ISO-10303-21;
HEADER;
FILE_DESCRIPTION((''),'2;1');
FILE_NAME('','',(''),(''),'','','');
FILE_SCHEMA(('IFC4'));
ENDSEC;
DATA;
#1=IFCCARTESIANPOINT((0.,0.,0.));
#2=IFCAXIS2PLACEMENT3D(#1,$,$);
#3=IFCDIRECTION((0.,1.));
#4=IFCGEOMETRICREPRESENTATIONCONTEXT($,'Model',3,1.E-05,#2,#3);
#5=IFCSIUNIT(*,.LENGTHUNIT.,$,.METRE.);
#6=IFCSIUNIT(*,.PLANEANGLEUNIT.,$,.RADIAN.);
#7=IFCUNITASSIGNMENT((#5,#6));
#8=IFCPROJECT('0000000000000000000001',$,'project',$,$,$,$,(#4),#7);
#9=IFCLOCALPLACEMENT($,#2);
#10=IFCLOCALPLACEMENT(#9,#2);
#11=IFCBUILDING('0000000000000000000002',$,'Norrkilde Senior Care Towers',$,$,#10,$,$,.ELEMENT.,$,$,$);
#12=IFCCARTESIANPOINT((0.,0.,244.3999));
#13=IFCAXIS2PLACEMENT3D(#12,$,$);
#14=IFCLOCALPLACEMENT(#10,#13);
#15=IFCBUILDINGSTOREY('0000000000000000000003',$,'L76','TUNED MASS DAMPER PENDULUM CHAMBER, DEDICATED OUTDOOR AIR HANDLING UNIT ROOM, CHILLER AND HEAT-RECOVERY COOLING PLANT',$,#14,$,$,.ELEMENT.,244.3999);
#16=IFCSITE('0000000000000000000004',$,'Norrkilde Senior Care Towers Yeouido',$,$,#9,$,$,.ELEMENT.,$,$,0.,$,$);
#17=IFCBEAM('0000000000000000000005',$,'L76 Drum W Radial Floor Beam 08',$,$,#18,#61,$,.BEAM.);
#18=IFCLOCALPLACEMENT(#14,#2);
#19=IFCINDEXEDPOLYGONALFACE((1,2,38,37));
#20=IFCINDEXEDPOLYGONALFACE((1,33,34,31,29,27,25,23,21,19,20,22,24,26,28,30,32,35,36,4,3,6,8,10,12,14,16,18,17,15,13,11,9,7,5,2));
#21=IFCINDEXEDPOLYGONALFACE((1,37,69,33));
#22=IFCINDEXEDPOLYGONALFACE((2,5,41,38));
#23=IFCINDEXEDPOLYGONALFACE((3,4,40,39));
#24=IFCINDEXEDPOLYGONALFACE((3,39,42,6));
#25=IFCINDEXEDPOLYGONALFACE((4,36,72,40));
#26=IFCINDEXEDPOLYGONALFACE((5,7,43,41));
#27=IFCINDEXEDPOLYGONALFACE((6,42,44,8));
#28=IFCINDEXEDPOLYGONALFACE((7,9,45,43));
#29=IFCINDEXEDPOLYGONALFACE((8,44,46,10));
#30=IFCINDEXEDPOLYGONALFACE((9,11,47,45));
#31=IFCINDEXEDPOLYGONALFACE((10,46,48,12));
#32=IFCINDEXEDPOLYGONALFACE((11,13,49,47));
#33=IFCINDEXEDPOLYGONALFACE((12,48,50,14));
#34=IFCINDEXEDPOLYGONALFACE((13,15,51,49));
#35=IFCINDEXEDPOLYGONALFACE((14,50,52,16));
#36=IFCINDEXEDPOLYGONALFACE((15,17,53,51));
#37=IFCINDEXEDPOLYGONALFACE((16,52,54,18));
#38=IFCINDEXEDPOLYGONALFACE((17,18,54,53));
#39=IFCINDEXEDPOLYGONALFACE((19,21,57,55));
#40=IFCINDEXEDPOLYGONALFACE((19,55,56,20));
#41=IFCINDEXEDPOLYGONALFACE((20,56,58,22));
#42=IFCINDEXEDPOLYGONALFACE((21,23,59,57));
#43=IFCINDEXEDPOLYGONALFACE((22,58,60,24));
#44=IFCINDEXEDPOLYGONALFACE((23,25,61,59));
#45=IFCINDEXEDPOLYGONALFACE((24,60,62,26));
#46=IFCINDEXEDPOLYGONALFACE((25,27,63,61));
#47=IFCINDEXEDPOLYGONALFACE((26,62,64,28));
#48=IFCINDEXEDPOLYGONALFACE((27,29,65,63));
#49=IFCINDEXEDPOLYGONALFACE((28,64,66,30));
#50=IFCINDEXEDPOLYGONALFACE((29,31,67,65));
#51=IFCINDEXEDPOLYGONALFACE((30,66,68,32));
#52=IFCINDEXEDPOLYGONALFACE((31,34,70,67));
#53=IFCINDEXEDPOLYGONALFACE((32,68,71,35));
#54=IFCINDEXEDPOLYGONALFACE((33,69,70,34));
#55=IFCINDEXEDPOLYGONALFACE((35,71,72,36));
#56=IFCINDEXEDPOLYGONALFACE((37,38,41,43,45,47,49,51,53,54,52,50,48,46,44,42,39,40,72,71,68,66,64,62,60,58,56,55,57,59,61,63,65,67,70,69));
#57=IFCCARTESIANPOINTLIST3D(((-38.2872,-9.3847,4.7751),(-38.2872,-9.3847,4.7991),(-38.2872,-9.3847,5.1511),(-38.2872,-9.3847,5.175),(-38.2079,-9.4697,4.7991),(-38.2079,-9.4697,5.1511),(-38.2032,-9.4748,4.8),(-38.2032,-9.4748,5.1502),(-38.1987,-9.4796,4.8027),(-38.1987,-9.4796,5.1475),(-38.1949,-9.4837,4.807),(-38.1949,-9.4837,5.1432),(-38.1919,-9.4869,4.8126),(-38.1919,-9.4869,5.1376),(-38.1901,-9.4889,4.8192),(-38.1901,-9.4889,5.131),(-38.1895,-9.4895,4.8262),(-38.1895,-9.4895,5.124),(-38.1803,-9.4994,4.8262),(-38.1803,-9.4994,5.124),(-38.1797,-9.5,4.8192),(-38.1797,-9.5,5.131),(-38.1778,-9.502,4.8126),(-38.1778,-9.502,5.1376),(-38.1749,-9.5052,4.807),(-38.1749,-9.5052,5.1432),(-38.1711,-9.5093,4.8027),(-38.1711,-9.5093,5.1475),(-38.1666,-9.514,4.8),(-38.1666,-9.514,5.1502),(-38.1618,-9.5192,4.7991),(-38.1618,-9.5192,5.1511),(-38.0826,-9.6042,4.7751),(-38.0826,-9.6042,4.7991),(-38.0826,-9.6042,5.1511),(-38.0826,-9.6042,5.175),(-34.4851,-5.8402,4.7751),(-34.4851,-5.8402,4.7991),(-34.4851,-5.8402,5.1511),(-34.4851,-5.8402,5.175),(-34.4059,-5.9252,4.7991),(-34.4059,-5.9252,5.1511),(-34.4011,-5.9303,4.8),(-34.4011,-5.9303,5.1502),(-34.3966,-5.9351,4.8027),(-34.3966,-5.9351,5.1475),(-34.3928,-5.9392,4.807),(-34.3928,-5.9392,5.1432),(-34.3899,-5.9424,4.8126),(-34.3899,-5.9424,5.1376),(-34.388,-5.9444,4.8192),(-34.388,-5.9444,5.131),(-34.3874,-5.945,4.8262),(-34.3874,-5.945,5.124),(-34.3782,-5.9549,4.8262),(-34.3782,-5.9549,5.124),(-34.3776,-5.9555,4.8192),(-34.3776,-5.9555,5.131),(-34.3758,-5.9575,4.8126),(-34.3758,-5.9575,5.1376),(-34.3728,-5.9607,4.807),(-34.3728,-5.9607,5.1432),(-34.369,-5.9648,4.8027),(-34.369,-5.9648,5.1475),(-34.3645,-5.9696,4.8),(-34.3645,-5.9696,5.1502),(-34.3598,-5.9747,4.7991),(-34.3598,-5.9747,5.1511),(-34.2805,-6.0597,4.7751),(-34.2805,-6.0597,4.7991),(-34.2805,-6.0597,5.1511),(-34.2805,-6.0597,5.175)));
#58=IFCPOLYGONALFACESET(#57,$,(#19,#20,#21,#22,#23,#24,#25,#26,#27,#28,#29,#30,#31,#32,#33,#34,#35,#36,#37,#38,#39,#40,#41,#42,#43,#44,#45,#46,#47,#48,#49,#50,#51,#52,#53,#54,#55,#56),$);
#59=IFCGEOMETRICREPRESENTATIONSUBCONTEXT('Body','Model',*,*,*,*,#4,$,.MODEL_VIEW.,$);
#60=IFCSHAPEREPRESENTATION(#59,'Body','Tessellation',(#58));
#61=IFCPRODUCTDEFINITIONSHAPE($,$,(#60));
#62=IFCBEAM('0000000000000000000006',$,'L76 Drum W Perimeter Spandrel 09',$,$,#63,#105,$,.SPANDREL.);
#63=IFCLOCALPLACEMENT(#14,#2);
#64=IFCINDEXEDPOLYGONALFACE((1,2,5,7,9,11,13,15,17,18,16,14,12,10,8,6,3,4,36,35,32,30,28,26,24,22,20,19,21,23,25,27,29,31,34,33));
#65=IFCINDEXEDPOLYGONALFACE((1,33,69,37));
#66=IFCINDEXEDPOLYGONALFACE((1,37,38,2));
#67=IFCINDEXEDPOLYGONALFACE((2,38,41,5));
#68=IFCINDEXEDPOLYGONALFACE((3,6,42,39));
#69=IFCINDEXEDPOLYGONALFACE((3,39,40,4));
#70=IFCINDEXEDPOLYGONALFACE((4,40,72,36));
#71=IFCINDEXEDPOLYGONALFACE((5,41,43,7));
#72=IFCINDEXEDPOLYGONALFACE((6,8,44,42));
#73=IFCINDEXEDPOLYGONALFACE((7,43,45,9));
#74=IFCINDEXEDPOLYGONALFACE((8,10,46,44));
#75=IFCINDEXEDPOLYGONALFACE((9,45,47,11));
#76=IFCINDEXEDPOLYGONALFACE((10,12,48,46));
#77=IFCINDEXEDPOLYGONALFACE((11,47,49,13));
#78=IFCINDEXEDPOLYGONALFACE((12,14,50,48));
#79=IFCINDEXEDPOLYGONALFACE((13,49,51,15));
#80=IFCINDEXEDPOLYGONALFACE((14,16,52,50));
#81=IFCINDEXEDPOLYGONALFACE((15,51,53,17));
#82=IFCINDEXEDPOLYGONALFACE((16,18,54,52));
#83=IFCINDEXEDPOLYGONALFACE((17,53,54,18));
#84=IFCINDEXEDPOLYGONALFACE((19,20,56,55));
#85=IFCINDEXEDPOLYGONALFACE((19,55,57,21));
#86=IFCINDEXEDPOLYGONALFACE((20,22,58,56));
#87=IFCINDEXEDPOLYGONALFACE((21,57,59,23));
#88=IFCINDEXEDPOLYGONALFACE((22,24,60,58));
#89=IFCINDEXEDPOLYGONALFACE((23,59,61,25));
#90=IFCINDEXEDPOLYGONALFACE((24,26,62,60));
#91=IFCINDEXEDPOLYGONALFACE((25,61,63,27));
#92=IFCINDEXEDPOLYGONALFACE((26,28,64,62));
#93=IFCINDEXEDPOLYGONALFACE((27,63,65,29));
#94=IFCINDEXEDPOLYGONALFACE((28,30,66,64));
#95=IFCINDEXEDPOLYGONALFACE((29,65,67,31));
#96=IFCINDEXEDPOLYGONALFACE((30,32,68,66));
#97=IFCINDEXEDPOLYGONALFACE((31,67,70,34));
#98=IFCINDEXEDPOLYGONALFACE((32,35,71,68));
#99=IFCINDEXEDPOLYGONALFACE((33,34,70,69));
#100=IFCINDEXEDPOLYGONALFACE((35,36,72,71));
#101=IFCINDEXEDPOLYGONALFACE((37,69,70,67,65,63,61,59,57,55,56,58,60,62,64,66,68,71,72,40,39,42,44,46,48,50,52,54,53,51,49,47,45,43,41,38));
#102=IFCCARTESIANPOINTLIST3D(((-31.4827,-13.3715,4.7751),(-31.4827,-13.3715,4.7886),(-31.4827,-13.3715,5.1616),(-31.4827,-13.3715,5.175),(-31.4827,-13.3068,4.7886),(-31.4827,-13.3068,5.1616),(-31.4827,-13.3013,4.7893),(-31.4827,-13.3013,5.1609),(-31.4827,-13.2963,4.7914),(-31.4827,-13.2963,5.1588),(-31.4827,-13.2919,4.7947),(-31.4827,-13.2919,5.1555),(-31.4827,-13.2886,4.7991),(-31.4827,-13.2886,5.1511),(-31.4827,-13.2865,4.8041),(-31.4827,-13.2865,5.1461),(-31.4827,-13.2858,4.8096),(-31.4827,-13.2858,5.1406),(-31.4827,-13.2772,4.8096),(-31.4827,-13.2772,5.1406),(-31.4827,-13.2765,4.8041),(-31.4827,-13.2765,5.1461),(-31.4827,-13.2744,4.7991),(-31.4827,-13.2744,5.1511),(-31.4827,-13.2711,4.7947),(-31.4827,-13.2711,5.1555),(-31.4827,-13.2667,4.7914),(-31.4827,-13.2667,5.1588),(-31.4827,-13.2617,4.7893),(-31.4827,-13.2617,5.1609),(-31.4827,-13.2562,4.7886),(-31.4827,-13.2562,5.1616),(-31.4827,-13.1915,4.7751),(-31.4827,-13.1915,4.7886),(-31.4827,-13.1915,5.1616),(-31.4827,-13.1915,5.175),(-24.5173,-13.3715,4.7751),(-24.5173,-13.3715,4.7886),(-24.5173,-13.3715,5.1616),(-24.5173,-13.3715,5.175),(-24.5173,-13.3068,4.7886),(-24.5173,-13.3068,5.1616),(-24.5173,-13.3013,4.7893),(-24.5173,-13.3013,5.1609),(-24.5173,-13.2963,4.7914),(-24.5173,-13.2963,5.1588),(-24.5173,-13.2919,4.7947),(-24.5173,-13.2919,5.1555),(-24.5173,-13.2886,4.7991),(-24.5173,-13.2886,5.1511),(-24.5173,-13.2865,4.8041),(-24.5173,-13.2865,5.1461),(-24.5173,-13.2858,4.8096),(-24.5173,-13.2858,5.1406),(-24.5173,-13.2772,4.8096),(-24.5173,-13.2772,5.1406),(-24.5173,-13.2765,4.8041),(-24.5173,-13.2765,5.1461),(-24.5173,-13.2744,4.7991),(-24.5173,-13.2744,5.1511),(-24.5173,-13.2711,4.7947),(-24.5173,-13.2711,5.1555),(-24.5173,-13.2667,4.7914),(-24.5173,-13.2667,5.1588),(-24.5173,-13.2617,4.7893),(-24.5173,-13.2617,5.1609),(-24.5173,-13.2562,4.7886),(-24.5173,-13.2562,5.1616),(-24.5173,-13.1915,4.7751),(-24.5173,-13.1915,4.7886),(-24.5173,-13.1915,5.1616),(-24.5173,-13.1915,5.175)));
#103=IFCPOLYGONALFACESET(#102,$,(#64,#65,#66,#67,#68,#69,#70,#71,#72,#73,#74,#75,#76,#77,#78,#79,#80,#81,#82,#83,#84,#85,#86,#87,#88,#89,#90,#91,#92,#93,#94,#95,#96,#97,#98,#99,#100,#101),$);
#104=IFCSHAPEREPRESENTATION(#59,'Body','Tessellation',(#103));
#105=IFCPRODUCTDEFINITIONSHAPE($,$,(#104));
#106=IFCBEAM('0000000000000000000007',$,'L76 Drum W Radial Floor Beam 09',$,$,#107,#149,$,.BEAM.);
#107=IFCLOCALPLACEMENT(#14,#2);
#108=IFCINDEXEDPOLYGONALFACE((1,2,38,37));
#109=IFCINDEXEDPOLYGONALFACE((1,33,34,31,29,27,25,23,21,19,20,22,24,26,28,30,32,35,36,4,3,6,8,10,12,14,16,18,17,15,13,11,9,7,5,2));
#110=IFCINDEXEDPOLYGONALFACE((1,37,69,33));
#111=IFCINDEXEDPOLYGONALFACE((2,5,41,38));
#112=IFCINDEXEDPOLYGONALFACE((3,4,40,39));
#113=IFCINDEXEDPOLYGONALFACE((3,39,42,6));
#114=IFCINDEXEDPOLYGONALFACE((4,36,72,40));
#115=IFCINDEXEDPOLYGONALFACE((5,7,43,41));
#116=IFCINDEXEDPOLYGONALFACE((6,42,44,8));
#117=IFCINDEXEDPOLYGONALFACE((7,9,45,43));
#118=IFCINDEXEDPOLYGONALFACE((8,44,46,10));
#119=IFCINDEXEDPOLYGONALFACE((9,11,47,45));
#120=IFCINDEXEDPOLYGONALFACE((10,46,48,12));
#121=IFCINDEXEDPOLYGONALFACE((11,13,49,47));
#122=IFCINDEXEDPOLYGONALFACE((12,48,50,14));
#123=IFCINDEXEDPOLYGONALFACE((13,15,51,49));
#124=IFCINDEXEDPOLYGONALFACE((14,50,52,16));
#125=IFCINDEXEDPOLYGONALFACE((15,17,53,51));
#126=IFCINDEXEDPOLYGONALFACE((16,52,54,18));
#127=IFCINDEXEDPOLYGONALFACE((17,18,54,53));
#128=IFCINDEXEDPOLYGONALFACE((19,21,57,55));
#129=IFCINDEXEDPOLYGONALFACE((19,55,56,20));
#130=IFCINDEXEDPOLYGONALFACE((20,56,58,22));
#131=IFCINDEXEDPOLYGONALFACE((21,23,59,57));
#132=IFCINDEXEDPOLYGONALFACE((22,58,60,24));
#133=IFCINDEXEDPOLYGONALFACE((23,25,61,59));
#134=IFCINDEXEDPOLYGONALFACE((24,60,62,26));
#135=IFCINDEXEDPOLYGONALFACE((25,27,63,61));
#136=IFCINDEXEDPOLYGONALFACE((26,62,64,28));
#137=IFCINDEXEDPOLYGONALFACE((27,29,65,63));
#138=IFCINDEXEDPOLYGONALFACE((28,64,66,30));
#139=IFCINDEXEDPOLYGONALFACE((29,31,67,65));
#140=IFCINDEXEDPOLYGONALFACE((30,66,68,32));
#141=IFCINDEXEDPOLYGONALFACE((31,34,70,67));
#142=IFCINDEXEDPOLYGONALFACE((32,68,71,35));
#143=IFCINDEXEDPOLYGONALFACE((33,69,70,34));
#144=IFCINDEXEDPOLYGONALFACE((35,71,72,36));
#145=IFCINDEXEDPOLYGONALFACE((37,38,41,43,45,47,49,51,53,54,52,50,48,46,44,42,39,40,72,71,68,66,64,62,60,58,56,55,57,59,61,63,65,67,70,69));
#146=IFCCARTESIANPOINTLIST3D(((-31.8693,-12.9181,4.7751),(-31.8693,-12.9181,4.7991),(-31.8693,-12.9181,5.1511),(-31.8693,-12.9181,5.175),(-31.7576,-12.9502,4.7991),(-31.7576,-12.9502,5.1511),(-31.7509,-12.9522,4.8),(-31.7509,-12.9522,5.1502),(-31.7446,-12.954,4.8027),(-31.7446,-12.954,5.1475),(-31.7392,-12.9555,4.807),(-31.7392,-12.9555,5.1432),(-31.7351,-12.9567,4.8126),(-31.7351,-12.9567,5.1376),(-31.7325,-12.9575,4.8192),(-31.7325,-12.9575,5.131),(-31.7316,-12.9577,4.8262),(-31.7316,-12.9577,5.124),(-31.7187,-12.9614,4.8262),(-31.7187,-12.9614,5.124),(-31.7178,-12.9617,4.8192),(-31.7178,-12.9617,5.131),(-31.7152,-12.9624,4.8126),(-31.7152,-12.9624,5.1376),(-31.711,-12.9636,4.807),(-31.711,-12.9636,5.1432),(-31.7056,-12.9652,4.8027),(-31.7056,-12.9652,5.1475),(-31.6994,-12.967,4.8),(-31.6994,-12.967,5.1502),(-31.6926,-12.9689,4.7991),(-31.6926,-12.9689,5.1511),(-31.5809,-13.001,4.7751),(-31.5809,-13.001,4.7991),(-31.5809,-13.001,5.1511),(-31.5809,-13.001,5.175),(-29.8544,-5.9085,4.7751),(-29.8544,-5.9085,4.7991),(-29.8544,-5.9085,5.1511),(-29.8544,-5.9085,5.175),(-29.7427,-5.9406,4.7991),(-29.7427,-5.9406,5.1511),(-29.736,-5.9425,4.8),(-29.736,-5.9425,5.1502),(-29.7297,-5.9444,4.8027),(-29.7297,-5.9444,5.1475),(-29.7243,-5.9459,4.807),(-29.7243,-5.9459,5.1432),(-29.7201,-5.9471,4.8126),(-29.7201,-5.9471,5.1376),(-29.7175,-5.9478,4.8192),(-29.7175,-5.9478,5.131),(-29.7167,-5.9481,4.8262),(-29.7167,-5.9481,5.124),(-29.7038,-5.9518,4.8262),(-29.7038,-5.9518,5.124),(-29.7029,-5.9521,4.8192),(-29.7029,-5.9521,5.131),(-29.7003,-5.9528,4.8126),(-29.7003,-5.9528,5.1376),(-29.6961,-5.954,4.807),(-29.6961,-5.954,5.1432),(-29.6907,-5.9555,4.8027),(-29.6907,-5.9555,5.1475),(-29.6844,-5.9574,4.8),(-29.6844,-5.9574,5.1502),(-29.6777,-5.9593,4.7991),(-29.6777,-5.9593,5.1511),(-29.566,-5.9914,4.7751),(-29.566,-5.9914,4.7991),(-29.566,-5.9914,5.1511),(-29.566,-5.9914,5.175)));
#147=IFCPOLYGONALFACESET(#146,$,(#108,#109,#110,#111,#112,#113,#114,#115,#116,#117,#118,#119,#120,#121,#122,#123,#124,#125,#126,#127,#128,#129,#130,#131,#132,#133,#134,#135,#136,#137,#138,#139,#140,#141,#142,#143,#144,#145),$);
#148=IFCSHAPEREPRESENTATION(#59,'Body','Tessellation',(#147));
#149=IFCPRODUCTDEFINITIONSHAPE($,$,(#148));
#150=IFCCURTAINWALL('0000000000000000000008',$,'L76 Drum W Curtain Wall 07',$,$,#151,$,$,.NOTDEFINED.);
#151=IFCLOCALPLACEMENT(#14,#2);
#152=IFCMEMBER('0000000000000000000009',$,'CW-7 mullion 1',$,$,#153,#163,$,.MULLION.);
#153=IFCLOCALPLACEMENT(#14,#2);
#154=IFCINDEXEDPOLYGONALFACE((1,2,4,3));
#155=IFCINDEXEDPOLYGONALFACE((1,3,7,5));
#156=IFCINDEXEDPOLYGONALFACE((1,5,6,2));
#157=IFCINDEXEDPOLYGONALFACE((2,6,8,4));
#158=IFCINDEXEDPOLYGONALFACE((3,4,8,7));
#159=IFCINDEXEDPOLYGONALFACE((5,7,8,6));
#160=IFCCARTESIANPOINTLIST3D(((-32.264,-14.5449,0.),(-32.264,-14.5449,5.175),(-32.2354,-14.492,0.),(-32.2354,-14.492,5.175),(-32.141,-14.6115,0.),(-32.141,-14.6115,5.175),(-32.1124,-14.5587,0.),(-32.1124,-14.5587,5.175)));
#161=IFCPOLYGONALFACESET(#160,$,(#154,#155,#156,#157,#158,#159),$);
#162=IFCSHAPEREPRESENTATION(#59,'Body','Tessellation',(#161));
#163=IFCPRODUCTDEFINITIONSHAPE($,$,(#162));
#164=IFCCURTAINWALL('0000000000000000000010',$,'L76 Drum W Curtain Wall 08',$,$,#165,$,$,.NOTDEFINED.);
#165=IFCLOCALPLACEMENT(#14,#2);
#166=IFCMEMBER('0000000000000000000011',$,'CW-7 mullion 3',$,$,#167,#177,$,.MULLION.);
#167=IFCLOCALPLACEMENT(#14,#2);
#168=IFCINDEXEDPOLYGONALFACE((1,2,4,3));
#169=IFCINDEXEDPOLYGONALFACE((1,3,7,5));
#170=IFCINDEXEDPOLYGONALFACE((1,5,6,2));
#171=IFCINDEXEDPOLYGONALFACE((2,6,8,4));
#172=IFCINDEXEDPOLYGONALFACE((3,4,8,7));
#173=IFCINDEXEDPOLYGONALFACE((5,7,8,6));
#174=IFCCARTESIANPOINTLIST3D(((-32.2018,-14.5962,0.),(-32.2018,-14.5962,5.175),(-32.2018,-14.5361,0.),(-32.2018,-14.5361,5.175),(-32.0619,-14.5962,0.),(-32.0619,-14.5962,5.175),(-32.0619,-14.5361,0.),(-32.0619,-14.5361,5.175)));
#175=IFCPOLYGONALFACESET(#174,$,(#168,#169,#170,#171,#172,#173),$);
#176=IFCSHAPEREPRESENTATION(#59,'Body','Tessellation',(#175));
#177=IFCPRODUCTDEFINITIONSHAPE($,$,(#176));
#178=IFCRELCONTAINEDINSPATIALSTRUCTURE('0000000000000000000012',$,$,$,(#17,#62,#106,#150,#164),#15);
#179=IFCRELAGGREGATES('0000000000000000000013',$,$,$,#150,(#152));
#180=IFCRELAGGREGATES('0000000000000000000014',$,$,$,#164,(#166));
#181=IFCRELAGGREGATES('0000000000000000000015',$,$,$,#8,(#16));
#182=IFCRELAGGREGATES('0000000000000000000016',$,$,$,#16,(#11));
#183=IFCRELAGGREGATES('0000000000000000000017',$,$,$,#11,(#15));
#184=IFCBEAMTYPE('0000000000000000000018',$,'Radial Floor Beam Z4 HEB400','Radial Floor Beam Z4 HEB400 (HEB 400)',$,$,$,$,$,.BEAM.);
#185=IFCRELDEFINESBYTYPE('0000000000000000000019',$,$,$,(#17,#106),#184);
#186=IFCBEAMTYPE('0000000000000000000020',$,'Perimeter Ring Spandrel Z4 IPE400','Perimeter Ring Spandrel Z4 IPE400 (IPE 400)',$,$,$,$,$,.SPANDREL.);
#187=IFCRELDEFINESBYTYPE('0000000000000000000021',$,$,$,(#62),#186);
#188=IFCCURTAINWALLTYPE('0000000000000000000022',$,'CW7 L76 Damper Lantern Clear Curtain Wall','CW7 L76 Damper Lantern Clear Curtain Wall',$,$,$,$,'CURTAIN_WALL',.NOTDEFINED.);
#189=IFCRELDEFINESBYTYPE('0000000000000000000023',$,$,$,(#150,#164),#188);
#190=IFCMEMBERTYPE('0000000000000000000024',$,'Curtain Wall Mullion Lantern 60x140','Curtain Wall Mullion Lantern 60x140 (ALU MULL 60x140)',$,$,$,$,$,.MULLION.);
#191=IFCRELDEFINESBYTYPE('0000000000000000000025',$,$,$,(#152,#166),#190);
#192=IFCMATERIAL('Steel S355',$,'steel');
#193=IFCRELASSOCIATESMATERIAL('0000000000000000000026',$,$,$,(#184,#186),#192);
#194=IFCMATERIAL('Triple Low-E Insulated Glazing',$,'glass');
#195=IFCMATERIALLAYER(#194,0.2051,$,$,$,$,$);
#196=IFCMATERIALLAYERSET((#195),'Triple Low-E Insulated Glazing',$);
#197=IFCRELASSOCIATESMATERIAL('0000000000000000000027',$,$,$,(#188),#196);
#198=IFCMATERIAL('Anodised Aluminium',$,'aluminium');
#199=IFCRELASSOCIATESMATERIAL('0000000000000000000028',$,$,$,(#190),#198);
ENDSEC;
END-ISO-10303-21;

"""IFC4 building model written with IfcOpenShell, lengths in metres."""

from ifc_helpers import new_model, si_unit, direction, frame, origin, origin_2d, place, context, subcontext, project, spatial, rectangle, i_section, extrude, source, transform, mapped, material, layer, layer_set, material_profile, profile_set, type_object, type_shapes, element, aggregate, save


model = new_model("IFC4")

# Units and contexts
model_context = context("Model", 3, precision=1e-05, world=origin(), true_north=direction((0.0, 1.0)))
body_context = subcontext(model_context, "Body", "Model", "MODEL_VIEW")
ifc_project = project(units=[si_unit("LENGTHUNIT", "METRE"), si_unit("PLANEANGLEUNIT", "RADIAN")], contexts=[model_context])

# Site, building, storey
site_placement = place(None, origin())
site = spatial("IfcSite", under=ifc_project, at=site_placement, Name="Norrkilde Senior Care Towers Yeouido", CompositionType="ELEMENT", RefElevation=0.0)
building_placement = place(site_placement, origin())
building = spatial("IfcBuilding", under=site, at=building_placement, Name="Norrkilde Senior Care Towers", CompositionType="ELEMENT")
storey_placement = place(building_placement, frame((0.0, 0.0, 244.3999)))
storey = spatial("IfcBuildingStorey", under=building, at=storey_placement, Name="L76", Description="TUNED MASS DAMPER PENDULUM CHAMBER, DEDICATED OUTDOOR AIR HANDLING UNIT ROOM, CHILLER AND HEAT-RECOVERY COOLING PLANT", CompositionType="ELEMENT", Elevation=244.3999)

# Beams
ifc_material_1 = material(Name="Steel S355", Category="steel")
ifc_material_profile_1 = material_profile(ifc_material_1, i_section(OverallWidth=0.3, OverallDepth=0.3999, WebThickness=0.0134, FlangeThickness=0.0239, FilletRadius=0.0271, at=origin_2d()), Name="HEB 400")
ifc_profile_set_1 = profile_set([ifc_material_profile_1], Name="Steel S355")
beam_type_1 = type_object("IfcBeamType", Name="Radial Floor Beam Z4 HEB400", Description="Radial Floor Beam Z4 HEB400 (HEB 400)", PredefinedType="BEAM", material=ifc_profile_set_1)
shared_shape_1 = source(origin(), body_context, "Body", "SweptSolid", [
    extrude(i_section(OverallWidth=0.3, OverallDepth=0.3999, WebThickness=0.0134, FlangeThickness=0.0239, FilletRadius=0.0271, at=origin_2d()), origin(), (0.0, 0.0, 1.0), 5.198),
])
beam_1_placement = place(storey_placement, frame((-34.3828, -5.95, 4.9751), z_axis=(-0.731449, -0.681896, 0.0), x_axis=(0.681896, -0.731449, 0.0)))
element("IfcBeam", 1, at=beam_1_placement, inside=storey, type_object=beam_type_1, Name="L76 Drum W Radial Floor Beam 08", PredefinedType="BEAM", context=body_context, shape_type="MappedRepresentation", body=[
    mapped(shared_shape_1, transform((0.0, 0.0, 0.0), x_axis=(1.0, 0.0, 0.0), y_axis=(0.0, 1.0, 0.0), z_axis=(0.0, 0.0, 1.0), scale=1.0)),
])
ifc_material_profile_2 = material_profile(ifc_material_1, i_section(OverallWidth=0.1799, OverallDepth=0.3999, WebThickness=0.0085, FlangeThickness=0.0134, FilletRadius=0.021, at=origin_2d()), Name="IPE 400")
ifc_profile_set_2 = profile_set([ifc_material_profile_2], Name="Steel S355")
beam_type_2 = type_object("IfcBeamType", Name="Perimeter Ring Spandrel Z4 IPE400", Description="Perimeter Ring Spandrel Z4 IPE400 (IPE 400)", PredefinedType="SPANDREL", material=ifc_profile_set_2)
shared_shape_2 = source(origin(), body_context, "Body", "SweptSolid", [
    extrude(i_section(OverallWidth=0.1799, OverallDepth=0.3999, WebThickness=0.0085, FlangeThickness=0.0134, FilletRadius=0.021, at=origin_2d()), origin(), (0.0, 0.0, 1.0), 6.9653),
])
type_shapes(beam_type_2, [shared_shape_2])
beam_2_placement = place(storey_placement, frame((-31.4827, -13.2815, 4.9751), z_axis=(1.0, 0.0, 0.0), x_axis=(0.0, 1.0, 0.0)))
element("IfcBeam", 2, at=beam_2_placement, inside=storey, type_object=beam_type_2, Name="L76 Drum W Perimeter Spandrel 09", PredefinedType="SPANDREL", context=body_context, shape_type="MappedRepresentation", body=[
    mapped(shared_shape_2, transform((0.0, 0.0, 0.0), x_axis=(1.0, 0.0, 0.0), y_axis=(0.0, 1.0, 0.0), z_axis=(0.0, 0.0, 1.0), scale=1.0)),
])
shared_shape_3 = source(origin(), body_context, "Body", "SweptSolid", [
    extrude(i_section(OverallWidth=0.3, OverallDepth=0.3999, WebThickness=0.0134, FlangeThickness=0.0239, FilletRadius=0.0271, at=origin_2d()), origin(), (0.0, 0.0, 1.0), 7.2935),
])
beam_3_placement = place(storey_placement, frame((-29.7102, -5.95, 4.9751), z_axis=(-0.276264, -0.961082, 0.0), x_axis=(0.961082, -0.276264, 0.0)))
element("IfcBeam", 3, at=beam_3_placement, inside=storey, type_object=beam_type_1, Name="L76 Drum W Radial Floor Beam 09", PredefinedType="BEAM", context=body_context, shape_type="MappedRepresentation", body=[
    mapped(shared_shape_3, transform((0.0, 0.0, 0.0), x_axis=(1.0, 0.0, 0.0), y_axis=(0.0, 1.0, 0.0), z_axis=(0.0, 0.0, 1.0), scale=1.0)),
])

# Curtain walls, members
ifc_material_2 = material(Name="Triple Low-E Insulated Glazing", Category="glass")
ifc_layer_1 = layer(ifc_material_2, 0.2051)
ifc_layer_set_1 = layer_set([ifc_layer_1], Name="Triple Low-E Insulated Glazing")
curtain_wall_type = type_object("IfcCurtainWallType", Name="CW7 L76 Damper Lantern Clear Curtain Wall", Description="CW7 L76 Damper Lantern Clear Curtain Wall", ElementType="CURTAIN_WALL", PredefinedType="NOTDEFINED", material=ifc_layer_set_1)
curtain_wall_1_placement = place(storey_placement, origin())
curtain_wall_1 = element("IfcCurtainWall", 4, at=curtain_wall_1_placement, inside=storey, type_object=curtain_wall_type, Name="L76 Drum W Curtain Wall 07", PredefinedType="NOTDEFINED")
ifc_material_3 = material(Name="Anodised Aluminium", Category="aluminium")
ifc_material_profile_3 = material_profile(ifc_material_3, rectangle(XDim=0.0601, YDim=0.1399, at=origin_2d()), Name="ALU MULL 60x140")
ifc_profile_set_3 = profile_set([ifc_material_profile_3], Name="Anodised Aluminium")
member_type_1 = type_object("IfcMemberType", Name="Curtain Wall Mullion Lantern 60x140", Description="Curtain Wall Mullion Lantern 60x140 (ALU MULL 60x140)", PredefinedType="MULLION", material=ifc_profile_set_3)
shared_shape_4 = source(origin(), body_context, "Body", "SweptSolid", [
    extrude(rectangle(XDim=0.0601, YDim=0.1399, at=origin_2d()), origin(), (0.0, 0.0, 1.0), 5.175),
])
type_shapes(member_type_1, [shared_shape_4])
member_1_placement = place(storey_placement, frame((-32.1882, -14.5518, 0.0), z_axis=(0.0, 0.0, 1.0), x_axis=(-0.476133, -0.879373, 0.0)))
member_1 = element("IfcMember", 5, at=member_1_placement, type_object=member_type_1, Name="CW-7 mullion 1", PredefinedType="MULLION", context=body_context, shape_type="MappedRepresentation", body=[
    mapped(shared_shape_4, transform((0.0, 0.0, 0.0), x_axis=(1.0, 0.0, 0.0), y_axis=(0.0, 1.0, 0.0), z_axis=(0.0, 0.0, 1.0), scale=1.0)),
])
curtain_wall_2_placement = place(storey_placement, origin())
curtain_wall_2 = element("IfcCurtainWall", 6, at=curtain_wall_2_placement, inside=storey, type_object=curtain_wall_type, Name="L76 Drum W Curtain Wall 08", PredefinedType="NOTDEFINED")
member_2_placement = place(storey_placement, frame((-32.1318, -14.5662, 0.0), z_axis=(0.0, 0.0, 1.0), x_axis=(0.0, -1.0, 0.0)))
member_2 = element("IfcMember", 7, at=member_2_placement, type_object=member_type_1, Name="CW-7 mullion 3", PredefinedType="MULLION", context=body_context, shape_type="MappedRepresentation", body=[
    mapped(shared_shape_4, transform((0.0, 0.0, 0.0), x_axis=(1.0, 0.0, 0.0), y_axis=(0.0, 1.0, 0.0), z_axis=(0.0, 0.0, 1.0), scale=1.0)),
])

aggregate(curtain_wall_1, [member_1])
aggregate(curtain_wall_2, [member_2])

save(model, "model.ifc")
